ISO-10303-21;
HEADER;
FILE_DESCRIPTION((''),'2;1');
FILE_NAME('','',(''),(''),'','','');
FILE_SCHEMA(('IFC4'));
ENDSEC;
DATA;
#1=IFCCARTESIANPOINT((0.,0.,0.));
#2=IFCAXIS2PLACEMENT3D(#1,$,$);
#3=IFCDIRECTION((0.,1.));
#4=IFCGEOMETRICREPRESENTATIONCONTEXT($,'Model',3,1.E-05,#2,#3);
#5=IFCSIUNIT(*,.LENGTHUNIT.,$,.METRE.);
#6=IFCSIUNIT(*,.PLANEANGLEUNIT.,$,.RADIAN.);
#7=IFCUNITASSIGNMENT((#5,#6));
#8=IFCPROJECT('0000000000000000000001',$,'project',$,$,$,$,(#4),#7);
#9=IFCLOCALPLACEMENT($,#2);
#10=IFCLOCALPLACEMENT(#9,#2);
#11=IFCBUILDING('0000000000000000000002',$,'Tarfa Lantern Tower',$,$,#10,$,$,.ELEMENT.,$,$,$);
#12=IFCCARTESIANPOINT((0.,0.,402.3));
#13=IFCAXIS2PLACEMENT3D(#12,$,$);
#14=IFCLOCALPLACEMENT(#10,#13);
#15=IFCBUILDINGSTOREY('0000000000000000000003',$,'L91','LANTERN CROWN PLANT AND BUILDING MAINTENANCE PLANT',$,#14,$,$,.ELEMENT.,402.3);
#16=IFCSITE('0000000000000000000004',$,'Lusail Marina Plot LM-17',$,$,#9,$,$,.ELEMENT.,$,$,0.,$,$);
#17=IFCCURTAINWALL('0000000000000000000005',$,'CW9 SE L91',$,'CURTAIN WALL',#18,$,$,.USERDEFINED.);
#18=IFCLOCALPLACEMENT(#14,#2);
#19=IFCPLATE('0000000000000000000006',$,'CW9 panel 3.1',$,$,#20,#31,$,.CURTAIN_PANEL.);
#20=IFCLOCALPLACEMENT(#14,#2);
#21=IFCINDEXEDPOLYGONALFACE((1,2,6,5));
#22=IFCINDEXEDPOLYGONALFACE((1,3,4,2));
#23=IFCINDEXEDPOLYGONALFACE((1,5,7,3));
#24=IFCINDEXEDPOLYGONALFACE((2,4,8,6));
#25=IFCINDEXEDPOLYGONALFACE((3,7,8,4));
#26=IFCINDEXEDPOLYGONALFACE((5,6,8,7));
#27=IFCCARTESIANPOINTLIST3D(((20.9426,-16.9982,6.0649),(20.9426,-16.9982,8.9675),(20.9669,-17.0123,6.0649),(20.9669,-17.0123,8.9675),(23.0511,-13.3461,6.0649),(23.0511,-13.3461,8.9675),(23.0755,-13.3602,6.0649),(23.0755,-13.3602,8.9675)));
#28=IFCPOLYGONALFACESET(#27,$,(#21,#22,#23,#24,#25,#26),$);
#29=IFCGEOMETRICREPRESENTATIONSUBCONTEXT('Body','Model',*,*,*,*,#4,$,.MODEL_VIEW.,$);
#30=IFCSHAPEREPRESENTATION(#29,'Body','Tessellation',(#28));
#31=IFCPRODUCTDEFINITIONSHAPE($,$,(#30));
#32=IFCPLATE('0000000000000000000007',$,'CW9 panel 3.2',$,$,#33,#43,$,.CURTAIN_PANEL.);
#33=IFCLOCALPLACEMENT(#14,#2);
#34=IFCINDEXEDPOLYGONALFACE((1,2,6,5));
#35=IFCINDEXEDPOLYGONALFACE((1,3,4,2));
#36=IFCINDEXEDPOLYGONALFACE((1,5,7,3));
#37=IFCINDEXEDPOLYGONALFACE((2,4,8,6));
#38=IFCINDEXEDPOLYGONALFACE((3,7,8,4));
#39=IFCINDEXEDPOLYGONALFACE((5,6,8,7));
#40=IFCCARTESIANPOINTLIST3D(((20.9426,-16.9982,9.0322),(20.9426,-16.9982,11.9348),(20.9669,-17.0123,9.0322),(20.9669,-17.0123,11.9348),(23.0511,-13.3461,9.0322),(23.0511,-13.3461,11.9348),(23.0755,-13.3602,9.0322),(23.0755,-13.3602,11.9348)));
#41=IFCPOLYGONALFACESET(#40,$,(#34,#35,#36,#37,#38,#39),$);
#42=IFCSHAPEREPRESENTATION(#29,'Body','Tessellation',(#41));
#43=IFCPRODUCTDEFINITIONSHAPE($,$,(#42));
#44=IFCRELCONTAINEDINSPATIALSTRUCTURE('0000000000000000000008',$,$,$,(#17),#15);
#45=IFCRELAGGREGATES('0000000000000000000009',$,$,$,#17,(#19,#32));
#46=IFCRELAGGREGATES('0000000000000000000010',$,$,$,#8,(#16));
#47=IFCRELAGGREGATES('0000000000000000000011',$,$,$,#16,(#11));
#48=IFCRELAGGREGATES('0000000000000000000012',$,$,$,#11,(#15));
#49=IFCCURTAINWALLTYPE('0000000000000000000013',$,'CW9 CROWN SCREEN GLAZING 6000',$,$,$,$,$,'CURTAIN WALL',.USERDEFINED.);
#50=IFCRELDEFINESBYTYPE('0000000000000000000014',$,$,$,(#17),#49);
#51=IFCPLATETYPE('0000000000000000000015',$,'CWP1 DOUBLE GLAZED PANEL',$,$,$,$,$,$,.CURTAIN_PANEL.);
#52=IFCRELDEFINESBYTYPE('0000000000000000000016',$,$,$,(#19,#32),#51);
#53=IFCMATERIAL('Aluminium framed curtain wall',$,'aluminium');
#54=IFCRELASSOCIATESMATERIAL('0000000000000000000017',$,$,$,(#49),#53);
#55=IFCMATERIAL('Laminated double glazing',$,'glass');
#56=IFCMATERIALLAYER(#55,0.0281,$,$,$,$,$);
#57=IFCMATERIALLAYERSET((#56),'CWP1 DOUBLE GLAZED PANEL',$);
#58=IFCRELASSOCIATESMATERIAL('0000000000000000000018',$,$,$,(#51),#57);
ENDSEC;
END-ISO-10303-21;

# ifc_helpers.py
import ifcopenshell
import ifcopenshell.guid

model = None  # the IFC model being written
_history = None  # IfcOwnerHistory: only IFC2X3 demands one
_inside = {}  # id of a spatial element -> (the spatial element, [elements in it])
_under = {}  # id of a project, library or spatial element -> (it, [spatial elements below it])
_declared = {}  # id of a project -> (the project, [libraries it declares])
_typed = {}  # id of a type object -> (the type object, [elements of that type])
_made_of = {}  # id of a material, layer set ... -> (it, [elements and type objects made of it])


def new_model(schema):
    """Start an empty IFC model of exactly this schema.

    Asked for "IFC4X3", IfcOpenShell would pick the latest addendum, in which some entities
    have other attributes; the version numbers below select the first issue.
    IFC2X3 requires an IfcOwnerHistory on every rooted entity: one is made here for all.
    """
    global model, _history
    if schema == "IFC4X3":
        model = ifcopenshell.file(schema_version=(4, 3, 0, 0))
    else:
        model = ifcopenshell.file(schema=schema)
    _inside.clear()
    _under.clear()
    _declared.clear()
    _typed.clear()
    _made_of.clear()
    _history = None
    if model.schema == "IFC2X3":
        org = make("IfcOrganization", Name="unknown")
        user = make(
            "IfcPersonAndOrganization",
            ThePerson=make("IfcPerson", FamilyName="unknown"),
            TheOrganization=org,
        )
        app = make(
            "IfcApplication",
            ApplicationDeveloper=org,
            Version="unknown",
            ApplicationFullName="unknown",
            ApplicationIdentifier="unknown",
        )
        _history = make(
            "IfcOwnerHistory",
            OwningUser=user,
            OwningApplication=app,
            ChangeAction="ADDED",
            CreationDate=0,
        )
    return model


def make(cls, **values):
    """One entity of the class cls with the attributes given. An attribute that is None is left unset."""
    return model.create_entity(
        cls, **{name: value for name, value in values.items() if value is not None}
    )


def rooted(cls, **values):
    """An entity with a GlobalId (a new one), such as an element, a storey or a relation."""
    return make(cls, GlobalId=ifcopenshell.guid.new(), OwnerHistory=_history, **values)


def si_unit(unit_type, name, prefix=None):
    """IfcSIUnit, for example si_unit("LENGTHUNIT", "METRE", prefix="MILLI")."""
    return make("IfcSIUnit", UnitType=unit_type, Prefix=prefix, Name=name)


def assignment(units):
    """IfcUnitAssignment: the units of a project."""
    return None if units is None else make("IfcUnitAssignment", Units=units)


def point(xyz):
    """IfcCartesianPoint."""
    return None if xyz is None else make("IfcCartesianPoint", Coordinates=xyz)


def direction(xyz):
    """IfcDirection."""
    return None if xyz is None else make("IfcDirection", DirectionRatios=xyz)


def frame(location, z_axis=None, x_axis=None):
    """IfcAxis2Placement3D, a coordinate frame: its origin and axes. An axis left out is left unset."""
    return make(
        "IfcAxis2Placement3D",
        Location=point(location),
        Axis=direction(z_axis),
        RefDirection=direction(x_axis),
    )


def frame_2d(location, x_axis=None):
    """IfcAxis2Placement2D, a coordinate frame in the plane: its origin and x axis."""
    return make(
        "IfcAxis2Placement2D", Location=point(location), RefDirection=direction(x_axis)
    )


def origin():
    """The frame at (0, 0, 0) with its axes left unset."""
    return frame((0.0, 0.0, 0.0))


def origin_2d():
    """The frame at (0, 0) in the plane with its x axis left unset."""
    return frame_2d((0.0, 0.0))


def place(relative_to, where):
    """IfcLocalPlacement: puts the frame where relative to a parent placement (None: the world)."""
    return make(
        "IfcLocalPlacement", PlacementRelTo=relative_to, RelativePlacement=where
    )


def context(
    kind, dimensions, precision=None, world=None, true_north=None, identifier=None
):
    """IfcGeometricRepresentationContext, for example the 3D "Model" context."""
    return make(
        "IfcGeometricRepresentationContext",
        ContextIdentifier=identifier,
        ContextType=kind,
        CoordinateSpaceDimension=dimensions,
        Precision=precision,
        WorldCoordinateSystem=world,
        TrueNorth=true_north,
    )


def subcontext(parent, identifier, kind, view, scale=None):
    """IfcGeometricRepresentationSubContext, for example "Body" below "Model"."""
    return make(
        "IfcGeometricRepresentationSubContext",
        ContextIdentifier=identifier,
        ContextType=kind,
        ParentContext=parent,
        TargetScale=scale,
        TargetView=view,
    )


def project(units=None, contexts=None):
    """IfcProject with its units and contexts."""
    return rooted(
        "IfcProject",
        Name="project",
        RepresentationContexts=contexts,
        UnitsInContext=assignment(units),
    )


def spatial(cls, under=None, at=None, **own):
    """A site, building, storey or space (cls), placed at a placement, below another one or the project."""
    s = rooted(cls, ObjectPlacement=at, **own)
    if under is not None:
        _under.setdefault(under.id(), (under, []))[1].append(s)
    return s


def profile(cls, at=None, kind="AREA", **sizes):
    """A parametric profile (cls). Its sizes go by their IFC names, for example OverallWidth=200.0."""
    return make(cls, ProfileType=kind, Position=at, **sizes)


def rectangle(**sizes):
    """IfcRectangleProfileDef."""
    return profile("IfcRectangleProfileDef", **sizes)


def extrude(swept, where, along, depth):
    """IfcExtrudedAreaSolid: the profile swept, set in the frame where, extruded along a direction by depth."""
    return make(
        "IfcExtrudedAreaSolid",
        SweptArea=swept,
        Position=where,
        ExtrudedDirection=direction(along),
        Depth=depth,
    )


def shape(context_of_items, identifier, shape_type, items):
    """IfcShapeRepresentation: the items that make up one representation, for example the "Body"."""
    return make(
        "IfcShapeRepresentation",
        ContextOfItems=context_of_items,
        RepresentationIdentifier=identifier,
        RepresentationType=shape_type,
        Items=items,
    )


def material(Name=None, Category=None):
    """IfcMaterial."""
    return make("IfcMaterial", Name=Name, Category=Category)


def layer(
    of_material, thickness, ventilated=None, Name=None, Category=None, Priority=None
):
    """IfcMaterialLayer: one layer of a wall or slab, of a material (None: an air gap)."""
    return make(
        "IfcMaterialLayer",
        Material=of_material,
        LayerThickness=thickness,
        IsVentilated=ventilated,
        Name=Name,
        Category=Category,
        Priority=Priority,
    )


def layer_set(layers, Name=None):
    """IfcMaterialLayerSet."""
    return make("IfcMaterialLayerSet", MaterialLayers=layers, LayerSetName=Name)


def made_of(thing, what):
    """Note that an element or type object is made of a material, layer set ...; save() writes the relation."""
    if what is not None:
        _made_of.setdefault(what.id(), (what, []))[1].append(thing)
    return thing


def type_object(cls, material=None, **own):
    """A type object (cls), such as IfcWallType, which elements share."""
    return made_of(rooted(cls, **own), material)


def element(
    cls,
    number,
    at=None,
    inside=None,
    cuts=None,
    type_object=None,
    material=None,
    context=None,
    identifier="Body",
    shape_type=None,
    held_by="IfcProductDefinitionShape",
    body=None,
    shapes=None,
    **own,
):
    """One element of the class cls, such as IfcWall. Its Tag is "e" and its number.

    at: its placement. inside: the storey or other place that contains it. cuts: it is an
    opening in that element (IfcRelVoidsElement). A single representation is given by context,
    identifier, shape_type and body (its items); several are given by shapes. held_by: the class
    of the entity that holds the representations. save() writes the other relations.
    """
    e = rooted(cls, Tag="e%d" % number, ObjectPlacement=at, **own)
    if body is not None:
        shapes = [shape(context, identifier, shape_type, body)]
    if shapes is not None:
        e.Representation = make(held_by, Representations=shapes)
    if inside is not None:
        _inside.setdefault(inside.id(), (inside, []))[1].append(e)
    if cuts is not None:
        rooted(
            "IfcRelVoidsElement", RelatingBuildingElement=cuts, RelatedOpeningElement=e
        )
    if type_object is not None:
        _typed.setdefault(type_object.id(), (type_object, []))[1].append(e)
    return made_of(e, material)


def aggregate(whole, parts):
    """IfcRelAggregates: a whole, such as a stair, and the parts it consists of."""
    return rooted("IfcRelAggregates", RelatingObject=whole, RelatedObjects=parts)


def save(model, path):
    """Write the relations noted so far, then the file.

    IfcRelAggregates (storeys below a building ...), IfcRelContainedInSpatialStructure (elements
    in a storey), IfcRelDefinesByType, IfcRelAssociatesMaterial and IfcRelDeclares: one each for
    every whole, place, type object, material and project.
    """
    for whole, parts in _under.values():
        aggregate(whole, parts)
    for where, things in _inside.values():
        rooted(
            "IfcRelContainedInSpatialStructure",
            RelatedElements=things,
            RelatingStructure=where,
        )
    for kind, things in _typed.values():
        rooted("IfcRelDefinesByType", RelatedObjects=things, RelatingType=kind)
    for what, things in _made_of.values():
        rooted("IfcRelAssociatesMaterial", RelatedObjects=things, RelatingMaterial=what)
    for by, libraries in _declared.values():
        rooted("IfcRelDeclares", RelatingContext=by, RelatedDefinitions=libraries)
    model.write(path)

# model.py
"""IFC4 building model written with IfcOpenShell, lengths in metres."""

from ifc_helpers import new_model, si_unit, direction, frame, origin, origin_2d, place, context, subcontext, project, spatial, rectangle, extrude, material, layer, layer_set, type_object, element, aggregate, save


model = new_model("IFC4")

# Units and contexts
model_context = context("Model", 3, precision=1e-05, world=origin(), true_north=direction((0.0, 1.0)))
body_context = subcontext(model_context, "Body", "Model", "MODEL_VIEW")
ifc_project = project(units=[si_unit("LENGTHUNIT", "METRE"), si_unit("PLANEANGLEUNIT", "RADIAN")], contexts=[model_context])

# Site, building, storey
site_placement = place(None, origin())
site = spatial("IfcSite", under=ifc_project, at=site_placement, Name="Lusail Marina Plot LM-17", CompositionType="ELEMENT", RefElevation=0.0)
building_placement = place(site_placement, origin())
building = spatial("IfcBuilding", under=site, at=building_placement, Name="Tarfa Lantern Tower", CompositionType="ELEMENT")
storey_placement = place(building_placement, frame((0.0, 0.0, 402.3)))
storey = spatial("IfcBuildingStorey", under=building, at=storey_placement, Name="L91", Description="LANTERN CROWN PLANT AND BUILDING MAINTENANCE PLANT", CompositionType="ELEMENT", Elevation=402.3)

# Curtain wall
ifc_material_1 = material(Name="Aluminium framed curtain wall", Category="aluminium")
curtain_wall_type_1 = type_object("IfcCurtainWallType", Name="CW9 CROWN SCREEN GLAZING 6000", ElementType="CURTAIN WALL", PredefinedType="USERDEFINED", material=ifc_material_1)
curtain_wall_1_placement = place(storey_placement, origin())
curtain_wall_1 = element("IfcCurtainWall", 1, at=curtain_wall_1_placement, inside=storey, type_object=curtain_wall_type_1, Name="CW9 SE L91", ObjectType="CURTAIN WALL", PredefinedType="USERDEFINED")

# Plates
ifc_material_2 = material(Name="Laminated double glazing", Category="glass")
ifc_layer = layer(ifc_material_2, 0.0281)
ifc_layer_set = layer_set([ifc_layer], Name="CWP1 DOUBLE GLAZED PANEL")
plate_type = type_object("IfcPlateType", Name="CWP1 DOUBLE GLAZED PANEL", PredefinedType="CURTAIN_PANEL", material=ifc_layer_set)
plate_1_placement = place(storey_placement, frame((22.009, -15.1792, 6.0649), z_axis=(0.0, 0.0, 1.0), x_axis=(0.5, 0.866025, 0.0)))
plate_1 = element("IfcPlate", 2, at=plate_1_placement, type_object=plate_type, Name="CW9 panel 3.1", PredefinedType="CURTAIN_PANEL", context=body_context, shape_type="SweptSolid", body=[
    extrude(rectangle(XDim=4.217, YDim=0.0281, at=origin_2d()), origin(), (0.0, 0.0, 1.0), 2.9026),
])
plate_2_placement = place(storey_placement, frame((22.009, -15.1792, 9.0322), z_axis=(0.0, 0.0, 1.0), x_axis=(0.5, 0.866025, 0.0)))
plate_2 = element("IfcPlate", 3, at=plate_2_placement, type_object=plate_type, Name="CW9 panel 3.2", PredefinedType="CURTAIN_PANEL", context=body_context, shape_type="SweptSolid", body=[
    extrude(rectangle(XDim=4.217, YDim=0.0281, at=origin_2d()), origin(), (0.0, 0.0, 1.0), 2.9026),
])
aggregate(curtain_wall_1, [plate_1, plate_2])

save(model, "model.ifc")
